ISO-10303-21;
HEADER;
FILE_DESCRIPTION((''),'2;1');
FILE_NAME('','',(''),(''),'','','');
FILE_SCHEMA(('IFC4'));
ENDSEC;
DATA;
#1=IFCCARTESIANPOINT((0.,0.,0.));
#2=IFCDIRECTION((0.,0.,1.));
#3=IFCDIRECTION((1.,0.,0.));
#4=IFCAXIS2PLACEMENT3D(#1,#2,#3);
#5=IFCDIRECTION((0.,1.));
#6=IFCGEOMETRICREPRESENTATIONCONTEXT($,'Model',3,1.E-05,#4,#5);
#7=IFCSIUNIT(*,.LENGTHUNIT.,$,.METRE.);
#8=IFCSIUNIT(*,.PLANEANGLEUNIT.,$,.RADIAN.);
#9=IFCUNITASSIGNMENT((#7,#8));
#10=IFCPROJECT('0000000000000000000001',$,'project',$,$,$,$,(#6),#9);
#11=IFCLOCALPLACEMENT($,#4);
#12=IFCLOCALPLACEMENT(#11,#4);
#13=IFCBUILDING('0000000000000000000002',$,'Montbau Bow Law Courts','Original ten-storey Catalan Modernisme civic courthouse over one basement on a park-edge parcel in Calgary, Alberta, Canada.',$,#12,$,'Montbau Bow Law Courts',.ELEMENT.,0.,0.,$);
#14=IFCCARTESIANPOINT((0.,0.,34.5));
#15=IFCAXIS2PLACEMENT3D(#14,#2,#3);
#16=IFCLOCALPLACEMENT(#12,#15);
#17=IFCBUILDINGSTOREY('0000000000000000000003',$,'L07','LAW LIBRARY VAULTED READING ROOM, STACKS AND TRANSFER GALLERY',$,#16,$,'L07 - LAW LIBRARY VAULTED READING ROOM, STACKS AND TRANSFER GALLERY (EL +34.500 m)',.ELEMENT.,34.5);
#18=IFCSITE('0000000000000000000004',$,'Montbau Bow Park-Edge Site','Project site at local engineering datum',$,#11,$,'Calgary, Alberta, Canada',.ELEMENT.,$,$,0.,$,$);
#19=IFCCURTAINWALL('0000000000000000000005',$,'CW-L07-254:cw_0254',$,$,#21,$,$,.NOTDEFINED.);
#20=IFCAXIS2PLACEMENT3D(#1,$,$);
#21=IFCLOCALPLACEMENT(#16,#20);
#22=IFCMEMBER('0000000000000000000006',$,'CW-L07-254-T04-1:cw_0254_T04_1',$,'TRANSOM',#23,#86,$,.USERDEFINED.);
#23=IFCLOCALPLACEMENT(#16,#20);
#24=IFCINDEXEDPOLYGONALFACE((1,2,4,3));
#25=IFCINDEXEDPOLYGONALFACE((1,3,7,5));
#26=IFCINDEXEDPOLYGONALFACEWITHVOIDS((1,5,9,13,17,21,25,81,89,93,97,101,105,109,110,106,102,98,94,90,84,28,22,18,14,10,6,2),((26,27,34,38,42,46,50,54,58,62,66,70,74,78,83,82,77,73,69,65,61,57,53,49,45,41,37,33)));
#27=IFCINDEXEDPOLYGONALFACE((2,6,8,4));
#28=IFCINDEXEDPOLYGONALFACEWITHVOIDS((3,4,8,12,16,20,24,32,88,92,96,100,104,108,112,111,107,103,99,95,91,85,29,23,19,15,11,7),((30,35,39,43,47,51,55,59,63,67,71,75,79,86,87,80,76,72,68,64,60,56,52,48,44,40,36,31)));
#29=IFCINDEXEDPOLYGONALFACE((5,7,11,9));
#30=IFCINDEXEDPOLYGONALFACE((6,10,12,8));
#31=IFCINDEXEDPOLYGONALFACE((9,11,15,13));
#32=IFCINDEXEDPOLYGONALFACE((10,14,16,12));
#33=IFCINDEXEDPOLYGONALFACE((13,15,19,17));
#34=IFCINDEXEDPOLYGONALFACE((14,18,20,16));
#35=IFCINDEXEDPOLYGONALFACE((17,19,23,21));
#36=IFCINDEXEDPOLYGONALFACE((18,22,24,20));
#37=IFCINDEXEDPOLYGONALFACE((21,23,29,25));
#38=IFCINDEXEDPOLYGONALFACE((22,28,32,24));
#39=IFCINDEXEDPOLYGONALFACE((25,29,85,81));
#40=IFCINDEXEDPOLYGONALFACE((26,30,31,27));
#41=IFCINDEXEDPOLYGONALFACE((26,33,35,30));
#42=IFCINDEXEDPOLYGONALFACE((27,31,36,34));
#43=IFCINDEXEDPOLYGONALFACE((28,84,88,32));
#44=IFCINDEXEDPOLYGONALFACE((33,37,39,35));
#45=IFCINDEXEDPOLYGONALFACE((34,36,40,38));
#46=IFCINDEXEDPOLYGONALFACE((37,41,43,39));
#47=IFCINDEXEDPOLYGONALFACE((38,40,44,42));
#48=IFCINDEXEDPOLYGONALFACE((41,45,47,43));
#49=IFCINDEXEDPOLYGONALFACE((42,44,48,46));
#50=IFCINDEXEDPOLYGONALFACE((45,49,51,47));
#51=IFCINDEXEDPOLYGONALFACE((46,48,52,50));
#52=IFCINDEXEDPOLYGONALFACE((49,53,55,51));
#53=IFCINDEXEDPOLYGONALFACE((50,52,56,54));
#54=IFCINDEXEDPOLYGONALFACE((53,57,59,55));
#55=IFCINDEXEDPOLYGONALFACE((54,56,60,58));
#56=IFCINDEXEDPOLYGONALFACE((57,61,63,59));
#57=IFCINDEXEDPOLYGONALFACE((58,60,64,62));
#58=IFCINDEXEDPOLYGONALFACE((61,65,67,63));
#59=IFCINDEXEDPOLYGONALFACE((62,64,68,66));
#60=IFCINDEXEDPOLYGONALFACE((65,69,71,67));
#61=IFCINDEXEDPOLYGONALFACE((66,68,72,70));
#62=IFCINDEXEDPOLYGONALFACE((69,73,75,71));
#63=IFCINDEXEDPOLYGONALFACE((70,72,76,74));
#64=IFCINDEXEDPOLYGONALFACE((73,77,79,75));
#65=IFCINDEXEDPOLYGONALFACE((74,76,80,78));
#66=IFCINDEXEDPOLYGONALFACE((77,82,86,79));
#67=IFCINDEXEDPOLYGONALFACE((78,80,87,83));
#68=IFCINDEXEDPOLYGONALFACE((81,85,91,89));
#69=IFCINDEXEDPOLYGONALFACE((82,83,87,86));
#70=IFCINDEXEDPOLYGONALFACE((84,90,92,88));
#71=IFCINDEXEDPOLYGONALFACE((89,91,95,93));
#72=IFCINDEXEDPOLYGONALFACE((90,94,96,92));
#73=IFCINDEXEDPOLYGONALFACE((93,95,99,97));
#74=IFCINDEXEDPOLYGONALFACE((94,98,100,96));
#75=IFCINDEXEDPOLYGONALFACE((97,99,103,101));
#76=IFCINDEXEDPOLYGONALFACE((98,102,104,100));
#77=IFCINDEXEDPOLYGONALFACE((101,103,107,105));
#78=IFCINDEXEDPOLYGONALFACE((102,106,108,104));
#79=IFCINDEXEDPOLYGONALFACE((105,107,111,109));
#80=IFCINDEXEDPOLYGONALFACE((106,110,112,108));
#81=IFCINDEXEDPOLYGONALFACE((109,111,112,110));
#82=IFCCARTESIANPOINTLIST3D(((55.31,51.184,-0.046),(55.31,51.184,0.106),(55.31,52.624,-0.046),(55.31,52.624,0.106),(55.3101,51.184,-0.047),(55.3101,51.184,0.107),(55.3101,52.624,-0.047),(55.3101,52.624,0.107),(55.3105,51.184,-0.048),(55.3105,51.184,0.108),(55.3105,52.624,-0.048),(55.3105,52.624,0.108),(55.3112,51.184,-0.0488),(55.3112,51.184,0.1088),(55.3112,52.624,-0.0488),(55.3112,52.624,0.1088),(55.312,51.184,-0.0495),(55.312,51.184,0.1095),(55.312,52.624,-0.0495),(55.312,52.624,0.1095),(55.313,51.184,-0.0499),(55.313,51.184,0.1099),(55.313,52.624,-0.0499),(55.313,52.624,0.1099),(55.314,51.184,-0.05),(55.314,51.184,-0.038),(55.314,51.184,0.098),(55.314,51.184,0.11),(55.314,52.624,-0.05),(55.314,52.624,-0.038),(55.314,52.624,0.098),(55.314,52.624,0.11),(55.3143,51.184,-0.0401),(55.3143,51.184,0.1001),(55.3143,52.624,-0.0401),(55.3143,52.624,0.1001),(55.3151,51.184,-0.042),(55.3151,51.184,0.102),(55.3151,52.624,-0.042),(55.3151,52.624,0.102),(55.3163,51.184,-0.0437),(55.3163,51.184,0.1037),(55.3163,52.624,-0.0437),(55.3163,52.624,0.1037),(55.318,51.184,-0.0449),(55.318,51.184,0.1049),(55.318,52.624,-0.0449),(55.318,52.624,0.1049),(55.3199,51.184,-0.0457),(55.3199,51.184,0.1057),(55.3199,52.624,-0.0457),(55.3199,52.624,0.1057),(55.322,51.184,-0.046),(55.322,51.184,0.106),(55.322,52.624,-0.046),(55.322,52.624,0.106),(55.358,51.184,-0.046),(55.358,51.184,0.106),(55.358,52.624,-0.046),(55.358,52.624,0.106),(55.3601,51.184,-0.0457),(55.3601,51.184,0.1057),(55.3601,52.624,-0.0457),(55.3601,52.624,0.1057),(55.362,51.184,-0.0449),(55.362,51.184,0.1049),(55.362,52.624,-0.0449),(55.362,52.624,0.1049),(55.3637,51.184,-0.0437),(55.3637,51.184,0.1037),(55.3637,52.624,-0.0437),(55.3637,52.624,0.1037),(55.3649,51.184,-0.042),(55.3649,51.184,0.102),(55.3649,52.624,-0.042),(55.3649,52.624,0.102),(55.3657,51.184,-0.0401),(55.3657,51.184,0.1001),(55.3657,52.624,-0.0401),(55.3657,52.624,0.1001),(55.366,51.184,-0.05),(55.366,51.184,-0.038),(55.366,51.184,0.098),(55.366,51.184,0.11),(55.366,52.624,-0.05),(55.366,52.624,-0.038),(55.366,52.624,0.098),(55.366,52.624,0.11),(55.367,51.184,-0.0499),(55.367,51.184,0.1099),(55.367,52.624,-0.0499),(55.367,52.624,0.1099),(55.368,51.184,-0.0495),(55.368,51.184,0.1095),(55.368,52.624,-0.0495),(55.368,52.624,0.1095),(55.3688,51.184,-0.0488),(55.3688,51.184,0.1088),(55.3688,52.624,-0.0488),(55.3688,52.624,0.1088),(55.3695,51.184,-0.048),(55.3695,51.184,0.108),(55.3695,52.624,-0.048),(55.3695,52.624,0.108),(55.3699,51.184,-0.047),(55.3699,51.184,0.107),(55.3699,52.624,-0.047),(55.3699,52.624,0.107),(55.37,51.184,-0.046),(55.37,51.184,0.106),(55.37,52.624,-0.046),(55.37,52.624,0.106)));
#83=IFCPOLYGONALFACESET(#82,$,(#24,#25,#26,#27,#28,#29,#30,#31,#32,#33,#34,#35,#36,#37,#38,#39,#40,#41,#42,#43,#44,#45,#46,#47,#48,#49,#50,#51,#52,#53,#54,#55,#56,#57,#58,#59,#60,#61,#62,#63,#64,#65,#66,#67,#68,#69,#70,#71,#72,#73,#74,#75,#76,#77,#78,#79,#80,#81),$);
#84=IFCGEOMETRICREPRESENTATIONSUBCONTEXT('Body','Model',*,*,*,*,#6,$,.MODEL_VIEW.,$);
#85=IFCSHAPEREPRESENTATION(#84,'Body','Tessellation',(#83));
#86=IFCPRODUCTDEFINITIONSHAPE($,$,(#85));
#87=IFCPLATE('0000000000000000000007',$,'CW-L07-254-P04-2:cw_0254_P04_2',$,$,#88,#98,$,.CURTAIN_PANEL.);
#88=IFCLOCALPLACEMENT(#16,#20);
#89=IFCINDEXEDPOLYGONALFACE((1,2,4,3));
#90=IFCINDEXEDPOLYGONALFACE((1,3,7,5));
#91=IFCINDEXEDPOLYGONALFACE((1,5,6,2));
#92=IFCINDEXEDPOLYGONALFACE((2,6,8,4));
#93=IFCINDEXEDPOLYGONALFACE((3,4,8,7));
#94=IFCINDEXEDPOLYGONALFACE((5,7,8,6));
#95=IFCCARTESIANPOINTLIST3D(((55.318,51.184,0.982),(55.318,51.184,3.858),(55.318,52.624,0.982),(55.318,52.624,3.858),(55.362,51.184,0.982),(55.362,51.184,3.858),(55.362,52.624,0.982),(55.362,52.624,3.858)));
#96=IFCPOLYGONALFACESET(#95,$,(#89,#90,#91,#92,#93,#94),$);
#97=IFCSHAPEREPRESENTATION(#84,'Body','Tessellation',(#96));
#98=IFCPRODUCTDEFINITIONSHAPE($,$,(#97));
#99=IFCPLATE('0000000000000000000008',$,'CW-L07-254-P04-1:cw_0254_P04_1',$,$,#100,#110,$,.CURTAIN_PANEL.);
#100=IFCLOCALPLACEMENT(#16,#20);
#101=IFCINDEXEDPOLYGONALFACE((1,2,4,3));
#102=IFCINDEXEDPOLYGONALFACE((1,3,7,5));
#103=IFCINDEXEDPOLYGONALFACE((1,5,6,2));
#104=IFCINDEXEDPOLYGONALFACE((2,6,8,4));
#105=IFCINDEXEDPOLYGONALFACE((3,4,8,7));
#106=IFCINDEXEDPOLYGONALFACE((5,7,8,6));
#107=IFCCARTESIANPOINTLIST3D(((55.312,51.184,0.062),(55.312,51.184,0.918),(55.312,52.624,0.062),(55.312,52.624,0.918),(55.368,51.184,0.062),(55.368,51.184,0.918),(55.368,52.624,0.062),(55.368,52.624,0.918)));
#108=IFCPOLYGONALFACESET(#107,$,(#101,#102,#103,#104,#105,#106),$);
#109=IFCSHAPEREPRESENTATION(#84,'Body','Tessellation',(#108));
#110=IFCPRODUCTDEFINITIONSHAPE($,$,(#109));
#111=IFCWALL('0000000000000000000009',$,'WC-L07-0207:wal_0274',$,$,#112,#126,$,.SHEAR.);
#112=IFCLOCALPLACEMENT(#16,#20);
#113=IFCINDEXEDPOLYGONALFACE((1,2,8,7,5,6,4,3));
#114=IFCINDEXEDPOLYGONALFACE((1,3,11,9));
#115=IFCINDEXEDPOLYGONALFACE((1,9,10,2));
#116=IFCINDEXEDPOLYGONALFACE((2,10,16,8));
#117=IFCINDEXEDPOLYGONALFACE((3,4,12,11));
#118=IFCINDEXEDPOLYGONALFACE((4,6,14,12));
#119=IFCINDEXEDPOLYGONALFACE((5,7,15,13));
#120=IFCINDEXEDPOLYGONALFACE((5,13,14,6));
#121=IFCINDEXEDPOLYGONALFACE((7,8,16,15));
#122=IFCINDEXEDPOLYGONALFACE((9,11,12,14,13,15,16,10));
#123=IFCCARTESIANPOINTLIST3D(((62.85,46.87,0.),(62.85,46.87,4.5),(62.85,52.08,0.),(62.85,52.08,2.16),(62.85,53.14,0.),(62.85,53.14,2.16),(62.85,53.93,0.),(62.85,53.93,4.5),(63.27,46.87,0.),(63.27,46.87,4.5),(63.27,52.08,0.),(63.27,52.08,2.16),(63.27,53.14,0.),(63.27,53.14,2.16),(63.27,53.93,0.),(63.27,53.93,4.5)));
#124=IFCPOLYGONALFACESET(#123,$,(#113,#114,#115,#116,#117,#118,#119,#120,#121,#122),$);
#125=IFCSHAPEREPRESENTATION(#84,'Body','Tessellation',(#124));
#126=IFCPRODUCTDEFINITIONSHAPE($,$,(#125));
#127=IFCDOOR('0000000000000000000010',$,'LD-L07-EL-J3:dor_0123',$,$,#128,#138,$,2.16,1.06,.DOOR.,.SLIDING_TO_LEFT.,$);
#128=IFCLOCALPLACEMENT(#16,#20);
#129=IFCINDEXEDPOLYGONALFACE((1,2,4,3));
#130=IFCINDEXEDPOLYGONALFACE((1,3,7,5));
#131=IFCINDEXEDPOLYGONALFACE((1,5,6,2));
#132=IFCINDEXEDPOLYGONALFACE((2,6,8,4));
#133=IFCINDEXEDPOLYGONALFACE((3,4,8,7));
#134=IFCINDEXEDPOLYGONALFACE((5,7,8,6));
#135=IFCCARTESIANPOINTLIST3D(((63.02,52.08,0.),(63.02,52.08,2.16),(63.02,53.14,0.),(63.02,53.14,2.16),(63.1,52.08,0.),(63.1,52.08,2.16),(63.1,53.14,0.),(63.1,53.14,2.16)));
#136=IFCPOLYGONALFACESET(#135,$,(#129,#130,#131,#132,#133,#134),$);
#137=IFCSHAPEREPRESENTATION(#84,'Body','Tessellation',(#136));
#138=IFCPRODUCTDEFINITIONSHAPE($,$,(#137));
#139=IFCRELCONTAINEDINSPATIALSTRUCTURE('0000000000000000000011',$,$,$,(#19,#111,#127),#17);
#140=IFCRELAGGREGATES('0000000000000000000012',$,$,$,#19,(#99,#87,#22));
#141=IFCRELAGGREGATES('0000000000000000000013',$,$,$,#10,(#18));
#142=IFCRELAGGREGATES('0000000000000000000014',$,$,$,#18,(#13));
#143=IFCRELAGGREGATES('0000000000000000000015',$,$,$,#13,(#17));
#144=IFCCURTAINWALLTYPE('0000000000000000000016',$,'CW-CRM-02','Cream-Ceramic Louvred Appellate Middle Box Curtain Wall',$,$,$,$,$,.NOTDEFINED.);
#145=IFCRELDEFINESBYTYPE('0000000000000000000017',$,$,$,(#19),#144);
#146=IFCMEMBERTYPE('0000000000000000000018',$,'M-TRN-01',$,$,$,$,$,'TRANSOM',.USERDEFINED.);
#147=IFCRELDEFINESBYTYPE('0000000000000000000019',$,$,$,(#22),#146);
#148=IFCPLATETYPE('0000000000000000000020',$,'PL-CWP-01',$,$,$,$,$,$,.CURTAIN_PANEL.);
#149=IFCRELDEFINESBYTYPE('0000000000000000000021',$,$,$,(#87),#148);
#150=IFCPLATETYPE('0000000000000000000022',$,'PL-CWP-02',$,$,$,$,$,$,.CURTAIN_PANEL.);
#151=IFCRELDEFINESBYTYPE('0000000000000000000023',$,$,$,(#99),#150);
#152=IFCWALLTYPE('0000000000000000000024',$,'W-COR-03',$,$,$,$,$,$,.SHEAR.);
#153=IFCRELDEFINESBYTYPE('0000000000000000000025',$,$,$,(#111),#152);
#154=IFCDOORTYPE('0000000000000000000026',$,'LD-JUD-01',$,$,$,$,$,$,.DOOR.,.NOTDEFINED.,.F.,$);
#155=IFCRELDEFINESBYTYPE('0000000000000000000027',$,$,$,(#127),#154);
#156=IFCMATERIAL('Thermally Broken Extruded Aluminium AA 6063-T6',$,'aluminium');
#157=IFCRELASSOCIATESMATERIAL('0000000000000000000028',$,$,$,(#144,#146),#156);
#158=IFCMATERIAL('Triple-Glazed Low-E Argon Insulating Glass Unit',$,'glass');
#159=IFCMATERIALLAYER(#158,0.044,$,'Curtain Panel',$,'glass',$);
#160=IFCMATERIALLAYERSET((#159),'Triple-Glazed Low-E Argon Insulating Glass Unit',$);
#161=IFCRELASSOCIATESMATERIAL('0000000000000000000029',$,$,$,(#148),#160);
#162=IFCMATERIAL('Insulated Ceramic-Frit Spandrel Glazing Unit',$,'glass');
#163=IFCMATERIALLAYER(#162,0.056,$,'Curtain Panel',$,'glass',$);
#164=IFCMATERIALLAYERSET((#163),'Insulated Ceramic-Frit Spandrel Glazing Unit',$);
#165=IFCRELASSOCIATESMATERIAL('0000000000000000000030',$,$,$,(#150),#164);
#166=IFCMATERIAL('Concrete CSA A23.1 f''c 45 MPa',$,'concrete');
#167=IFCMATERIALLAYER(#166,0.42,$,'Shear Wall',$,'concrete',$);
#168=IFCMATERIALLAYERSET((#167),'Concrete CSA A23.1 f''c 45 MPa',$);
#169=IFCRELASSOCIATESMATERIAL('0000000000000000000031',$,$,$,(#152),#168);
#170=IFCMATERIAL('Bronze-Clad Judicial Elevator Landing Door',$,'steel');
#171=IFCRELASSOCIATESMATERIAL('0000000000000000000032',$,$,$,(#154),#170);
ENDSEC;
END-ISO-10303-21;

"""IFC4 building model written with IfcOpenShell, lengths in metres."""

from ifc_helpers import new_model, si_unit, direction, frame, frame_2d, origin_with_axes, origin_2d_with_axis, place, context, subcontext, project, spatial, rectangle, hollow_rectangle, extrude, material, layer, layer_set, material_profile, profile_set, type_object, element, fill, aggregate, save


model = new_model("IFC4")

# Units and contexts
model_context = context("Model", 3, precision=1e-05, world=origin_with_axes(), true_north=direction((0.0, 1.0)))
body_context = subcontext(model_context, "Body", "Model", "MODEL_VIEW")
ifc_project = project(units=[si_unit("LENGTHUNIT", "METRE"), si_unit("PLANEANGLEUNIT", "RADIAN")], contexts=[model_context])

# Site, building, storey
site_placement = place(None, origin_with_axes())
site = spatial("IfcSite", under=ifc_project, at=site_placement, Name="Montbau Bow Park-Edge Site", Description="Project site at local engineering datum", LongName="Calgary, Alberta, Canada", CompositionType="ELEMENT", RefElevation=0.0)
building_placement = place(site_placement, origin_with_axes())
building = spatial("IfcBuilding", under=site, at=building_placement, Name="Montbau Bow Law Courts", Description="Original ten-storey Catalan Modernisme civic courthouse over one basement on a park-edge parcel in Calgary, Alberta, Canada.", LongName="Montbau Bow Law Courts", CompositionType="ELEMENT", ElevationOfRefHeight=0.0, ElevationOfTerrain=0.0)
storey_placement = place(building_placement, frame((0.0, 0.0, 34.5), z_axis=(0.0, 0.0, 1.0), x_axis=(1.0, 0.0, 0.0)))
storey = spatial("IfcBuildingStorey", under=building, at=storey_placement, Name="L07", Description="LAW LIBRARY VAULTED READING ROOM, STACKS AND TRANSFER GALLERY", LongName="L07 - LAW LIBRARY VAULTED READING ROOM, STACKS AND TRANSFER GALLERY (EL +34.500 m)", CompositionType="ELEMENT", Elevation=34.5)

# Curtain wall, member, plates
ifc_material_1 = material(Name="Thermally Broken Extruded Aluminium AA 6063-T6", Category="aluminium")
curtain_wall_type = type_object("IfcCurtainWallType", Name="CW-CRM-02", Description="Cream-Ceramic Louvred Appellate Middle Box Curtain Wall", PredefinedType="NOTDEFINED", material=ifc_material_1)
curtain_wall_placement = place(None, frame((55.34, 46.64, 34.5), z_axis=(0.0, 0.0, 1.0), x_axis=(1.0, 0.0, 0.0)))
curtain_wall = element("IfcCurtainWall", 1, at=curtain_wall_placement, inside=storey, type_object=curtain_wall_type, Name="CW-L07-254:cw_0254", PredefinedType="NOTDEFINED")
ifc_material_profile_1 = material_profile(ifc_material_1, hollow_rectangle(XDim=0.06, YDim=0.16, WallThickness=0.004, InnerFilletRadius=0.008, OuterFilletRadius=0.004, at=origin_2d_with_axis()), Name="CWT-160X60", Category="Main", Priority=0)
ifc_profile_set_1 = profile_set([ifc_material_profile_1], Name="Thermally Broken Extruded Aluminium AA 6063-T6")
member_type_1 = type_object("IfcMemberType", Name="M-TRN-01", ElementType="TRANSOM", PredefinedType="USERDEFINED", material=ifc_profile_set_1)
member_1_placement = place(None, frame((55.34, 51.184, 34.53), z_axis=(0.0, 1.0, 0.0), x_axis=(-1.0, 0.0, 0.0)))
member_1 = element("IfcMember", 2, at=member_1_placement, type_object=member_type_1, Name="CW-L07-254-T04-1:cw_0254_T04_1", ObjectType="TRANSOM", PredefinedType="USERDEFINED", context=body_context, shape_type="SweptSolid", body=[
    extrude(hollow_rectangle(XDim=0.06, YDim=0.16, WallThickness=0.004, InnerFilletRadius=0.008, OuterFilletRadius=0.004, at=origin_2d_with_axis()), origin_with_axes(), (0.0, 0.0, 1.0), 1.44),
])
ifc_material_2 = material(Name="Triple-Glazed Low-E Argon Insulating Glass Unit", Category="glass")
ifc_layer_1 = layer(ifc_material_2, 0.044, Name="Curtain Panel", Category="glass")
ifc_layer_set_1 = layer_set([ifc_layer_1], Name="Triple-Glazed Low-E Argon Insulating Glass Unit")
plate_type_1 = type_object("IfcPlateType", Name="PL-CWP-01", PredefinedType="CURTAIN_PANEL", material=ifc_layer_set_1)
plate_1_placement = place(None, frame((55.34, 51.184, 35.482), z_axis=(1.0, 0.0, 0.0), x_axis=(0.0, 1.0, 0.0)))
plate_1 = element("IfcPlate", 3, at=plate_1_placement, type_object=plate_type_1, Name="CW-L07-254-P04-2:cw_0254_P04_2", PredefinedType="CURTAIN_PANEL", context=body_context, shape_type="SweptSolid", body=[
    extrude(rectangle(XDim=1.44, YDim=2.876, at=frame_2d((0.72, 1.438), x_axis=(1.0, 0.0))), frame((0.0, 0.0, -0.022), z_axis=(0.0, 0.0, 1.0), x_axis=(1.0, 0.0, 0.0)), (0.0, 0.0, 1.0), 0.044),
])
ifc_material_3 = material(Name="Insulated Ceramic-Frit Spandrel Glazing Unit", Category="glass")
ifc_layer_2 = layer(ifc_material_3, 0.056, Name="Curtain Panel", Category="glass")
ifc_layer_set_2 = layer_set([ifc_layer_2], Name="Insulated Ceramic-Frit Spandrel Glazing Unit")
plate_type_2 = type_object("IfcPlateType", Name="PL-CWP-02", PredefinedType="CURTAIN_PANEL", material=ifc_layer_set_2)
plate_2_placement = place(None, frame((55.34, 51.184, 34.562), z_axis=(1.0, 0.0, 0.0), x_axis=(0.0, 1.0, 0.0)))
plate_2 = element("IfcPlate", 4, at=plate_2_placement, type_object=plate_type_2, Name="CW-L07-254-P04-1:cw_0254_P04_1", PredefinedType="CURTAIN_PANEL", context=body_context, shape_type="SweptSolid", body=[
    extrude(rectangle(XDim=1.44, YDim=0.856, at=frame_2d((0.72, 0.428), x_axis=(1.0, 0.0))), frame((0.0, 0.0, -0.028), z_axis=(0.0, 0.0, 1.0), x_axis=(1.0, 0.0, 0.0)), (0.0, 0.0, 1.0), 0.056),
])
aggregate(curtain_wall, [plate_2, plate_1, member_1])

# Wall, opening, door
ifc_material_4 = material(Name="Concrete CSA A23.1 f'c 45 MPa", Category="concrete")
ifc_layer_3 = layer(ifc_material_4, 0.42, Name="Shear Wall", Category="concrete")
ifc_layer_set_3 = layer_set([ifc_layer_3], Name="Concrete CSA A23.1 f'c 45 MPa")
wall_type_1 = type_object("IfcWallType", Name="W-COR-03", PredefinedType="SHEAR", material=ifc_layer_set_3)
wall_1_placement = place(None, frame((63.06, 46.87, 34.5), z_axis=(0.0, 0.0, 1.0), x_axis=(0.0, 1.0, 0.0)))
wall_1 = element("IfcWall", 5, at=wall_1_placement, inside=storey, type_object=wall_type_1, Name="WC-L07-0207:wal_0274", PredefinedType="SHEAR", context=body_context, shape_type="SweptSolid", body=[
    extrude(rectangle(XDim=7.06, YDim=0.42, at=frame_2d((3.53, 0.0), x_axis=(1.0, 0.0))), origin_with_axes(), (0.0, 0.0, 1.0), 4.5),
])
opening_1_placement = place(None, frame((63.06, 52.61, 34.5), z_axis=(0.0, 0.0, 1.0), x_axis=(0.0, 1.0, 0.0)))
opening_1 = element("IfcOpeningElement", 6, at=opening_1_placement, cuts=wall_1, PredefinedType="OPENING", context=body_context, shape_type="SweptSolid", body=[
    extrude(rectangle(XDim=1.06, YDim=2.16, at=frame_2d((0.0, 1.08), x_axis=(1.0, 0.0))), frame((0.0, 0.22, 0.0), z_axis=(0.0, -1.0, 0.0), x_axis=(1.0, 0.0, 0.0)), (0.0, 0.0, 1.0), 0.44),
])
ifc_material_5 = material(Name="Bronze-Clad Judicial Elevator Landing Door", Category="steel")
door_type_1 = type_object("IfcDoorType", Name="LD-JUD-01", OperationType="NOTDEFINED", ParameterTakesPrecedence=False, PredefinedType="DOOR", material=ifc_material_5)
door_1_placement = place(None, frame((63.06, 52.61, 34.5), z_axis=(0.0, 0.0, 1.0), x_axis=(0.0, 1.0, 0.0)))
door_1 = element("IfcDoor", 7, at=door_1_placement, inside=storey, type_object=door_type_1, Name="LD-L07-EL-J3:dor_0123", OperationType="SLIDING_TO_LEFT", OverallHeight=2.16, OverallWidth=1.06, PredefinedType="DOOR", context=body_context, shape_type="SweptSolid", body=[
    extrude(rectangle(XDim=1.06, YDim=2.16, at=frame_2d((0.0, 1.08), x_axis=(1.0, 0.0))), frame((0.0, 0.04, 0.0), z_axis=(0.0, -1.0, 0.0), x_axis=(1.0, 0.0, 0.0)), (0.0, 0.0, 1.0), 0.08),
])
fill(opening_1, door_1)

save(model, "model.ifc")
